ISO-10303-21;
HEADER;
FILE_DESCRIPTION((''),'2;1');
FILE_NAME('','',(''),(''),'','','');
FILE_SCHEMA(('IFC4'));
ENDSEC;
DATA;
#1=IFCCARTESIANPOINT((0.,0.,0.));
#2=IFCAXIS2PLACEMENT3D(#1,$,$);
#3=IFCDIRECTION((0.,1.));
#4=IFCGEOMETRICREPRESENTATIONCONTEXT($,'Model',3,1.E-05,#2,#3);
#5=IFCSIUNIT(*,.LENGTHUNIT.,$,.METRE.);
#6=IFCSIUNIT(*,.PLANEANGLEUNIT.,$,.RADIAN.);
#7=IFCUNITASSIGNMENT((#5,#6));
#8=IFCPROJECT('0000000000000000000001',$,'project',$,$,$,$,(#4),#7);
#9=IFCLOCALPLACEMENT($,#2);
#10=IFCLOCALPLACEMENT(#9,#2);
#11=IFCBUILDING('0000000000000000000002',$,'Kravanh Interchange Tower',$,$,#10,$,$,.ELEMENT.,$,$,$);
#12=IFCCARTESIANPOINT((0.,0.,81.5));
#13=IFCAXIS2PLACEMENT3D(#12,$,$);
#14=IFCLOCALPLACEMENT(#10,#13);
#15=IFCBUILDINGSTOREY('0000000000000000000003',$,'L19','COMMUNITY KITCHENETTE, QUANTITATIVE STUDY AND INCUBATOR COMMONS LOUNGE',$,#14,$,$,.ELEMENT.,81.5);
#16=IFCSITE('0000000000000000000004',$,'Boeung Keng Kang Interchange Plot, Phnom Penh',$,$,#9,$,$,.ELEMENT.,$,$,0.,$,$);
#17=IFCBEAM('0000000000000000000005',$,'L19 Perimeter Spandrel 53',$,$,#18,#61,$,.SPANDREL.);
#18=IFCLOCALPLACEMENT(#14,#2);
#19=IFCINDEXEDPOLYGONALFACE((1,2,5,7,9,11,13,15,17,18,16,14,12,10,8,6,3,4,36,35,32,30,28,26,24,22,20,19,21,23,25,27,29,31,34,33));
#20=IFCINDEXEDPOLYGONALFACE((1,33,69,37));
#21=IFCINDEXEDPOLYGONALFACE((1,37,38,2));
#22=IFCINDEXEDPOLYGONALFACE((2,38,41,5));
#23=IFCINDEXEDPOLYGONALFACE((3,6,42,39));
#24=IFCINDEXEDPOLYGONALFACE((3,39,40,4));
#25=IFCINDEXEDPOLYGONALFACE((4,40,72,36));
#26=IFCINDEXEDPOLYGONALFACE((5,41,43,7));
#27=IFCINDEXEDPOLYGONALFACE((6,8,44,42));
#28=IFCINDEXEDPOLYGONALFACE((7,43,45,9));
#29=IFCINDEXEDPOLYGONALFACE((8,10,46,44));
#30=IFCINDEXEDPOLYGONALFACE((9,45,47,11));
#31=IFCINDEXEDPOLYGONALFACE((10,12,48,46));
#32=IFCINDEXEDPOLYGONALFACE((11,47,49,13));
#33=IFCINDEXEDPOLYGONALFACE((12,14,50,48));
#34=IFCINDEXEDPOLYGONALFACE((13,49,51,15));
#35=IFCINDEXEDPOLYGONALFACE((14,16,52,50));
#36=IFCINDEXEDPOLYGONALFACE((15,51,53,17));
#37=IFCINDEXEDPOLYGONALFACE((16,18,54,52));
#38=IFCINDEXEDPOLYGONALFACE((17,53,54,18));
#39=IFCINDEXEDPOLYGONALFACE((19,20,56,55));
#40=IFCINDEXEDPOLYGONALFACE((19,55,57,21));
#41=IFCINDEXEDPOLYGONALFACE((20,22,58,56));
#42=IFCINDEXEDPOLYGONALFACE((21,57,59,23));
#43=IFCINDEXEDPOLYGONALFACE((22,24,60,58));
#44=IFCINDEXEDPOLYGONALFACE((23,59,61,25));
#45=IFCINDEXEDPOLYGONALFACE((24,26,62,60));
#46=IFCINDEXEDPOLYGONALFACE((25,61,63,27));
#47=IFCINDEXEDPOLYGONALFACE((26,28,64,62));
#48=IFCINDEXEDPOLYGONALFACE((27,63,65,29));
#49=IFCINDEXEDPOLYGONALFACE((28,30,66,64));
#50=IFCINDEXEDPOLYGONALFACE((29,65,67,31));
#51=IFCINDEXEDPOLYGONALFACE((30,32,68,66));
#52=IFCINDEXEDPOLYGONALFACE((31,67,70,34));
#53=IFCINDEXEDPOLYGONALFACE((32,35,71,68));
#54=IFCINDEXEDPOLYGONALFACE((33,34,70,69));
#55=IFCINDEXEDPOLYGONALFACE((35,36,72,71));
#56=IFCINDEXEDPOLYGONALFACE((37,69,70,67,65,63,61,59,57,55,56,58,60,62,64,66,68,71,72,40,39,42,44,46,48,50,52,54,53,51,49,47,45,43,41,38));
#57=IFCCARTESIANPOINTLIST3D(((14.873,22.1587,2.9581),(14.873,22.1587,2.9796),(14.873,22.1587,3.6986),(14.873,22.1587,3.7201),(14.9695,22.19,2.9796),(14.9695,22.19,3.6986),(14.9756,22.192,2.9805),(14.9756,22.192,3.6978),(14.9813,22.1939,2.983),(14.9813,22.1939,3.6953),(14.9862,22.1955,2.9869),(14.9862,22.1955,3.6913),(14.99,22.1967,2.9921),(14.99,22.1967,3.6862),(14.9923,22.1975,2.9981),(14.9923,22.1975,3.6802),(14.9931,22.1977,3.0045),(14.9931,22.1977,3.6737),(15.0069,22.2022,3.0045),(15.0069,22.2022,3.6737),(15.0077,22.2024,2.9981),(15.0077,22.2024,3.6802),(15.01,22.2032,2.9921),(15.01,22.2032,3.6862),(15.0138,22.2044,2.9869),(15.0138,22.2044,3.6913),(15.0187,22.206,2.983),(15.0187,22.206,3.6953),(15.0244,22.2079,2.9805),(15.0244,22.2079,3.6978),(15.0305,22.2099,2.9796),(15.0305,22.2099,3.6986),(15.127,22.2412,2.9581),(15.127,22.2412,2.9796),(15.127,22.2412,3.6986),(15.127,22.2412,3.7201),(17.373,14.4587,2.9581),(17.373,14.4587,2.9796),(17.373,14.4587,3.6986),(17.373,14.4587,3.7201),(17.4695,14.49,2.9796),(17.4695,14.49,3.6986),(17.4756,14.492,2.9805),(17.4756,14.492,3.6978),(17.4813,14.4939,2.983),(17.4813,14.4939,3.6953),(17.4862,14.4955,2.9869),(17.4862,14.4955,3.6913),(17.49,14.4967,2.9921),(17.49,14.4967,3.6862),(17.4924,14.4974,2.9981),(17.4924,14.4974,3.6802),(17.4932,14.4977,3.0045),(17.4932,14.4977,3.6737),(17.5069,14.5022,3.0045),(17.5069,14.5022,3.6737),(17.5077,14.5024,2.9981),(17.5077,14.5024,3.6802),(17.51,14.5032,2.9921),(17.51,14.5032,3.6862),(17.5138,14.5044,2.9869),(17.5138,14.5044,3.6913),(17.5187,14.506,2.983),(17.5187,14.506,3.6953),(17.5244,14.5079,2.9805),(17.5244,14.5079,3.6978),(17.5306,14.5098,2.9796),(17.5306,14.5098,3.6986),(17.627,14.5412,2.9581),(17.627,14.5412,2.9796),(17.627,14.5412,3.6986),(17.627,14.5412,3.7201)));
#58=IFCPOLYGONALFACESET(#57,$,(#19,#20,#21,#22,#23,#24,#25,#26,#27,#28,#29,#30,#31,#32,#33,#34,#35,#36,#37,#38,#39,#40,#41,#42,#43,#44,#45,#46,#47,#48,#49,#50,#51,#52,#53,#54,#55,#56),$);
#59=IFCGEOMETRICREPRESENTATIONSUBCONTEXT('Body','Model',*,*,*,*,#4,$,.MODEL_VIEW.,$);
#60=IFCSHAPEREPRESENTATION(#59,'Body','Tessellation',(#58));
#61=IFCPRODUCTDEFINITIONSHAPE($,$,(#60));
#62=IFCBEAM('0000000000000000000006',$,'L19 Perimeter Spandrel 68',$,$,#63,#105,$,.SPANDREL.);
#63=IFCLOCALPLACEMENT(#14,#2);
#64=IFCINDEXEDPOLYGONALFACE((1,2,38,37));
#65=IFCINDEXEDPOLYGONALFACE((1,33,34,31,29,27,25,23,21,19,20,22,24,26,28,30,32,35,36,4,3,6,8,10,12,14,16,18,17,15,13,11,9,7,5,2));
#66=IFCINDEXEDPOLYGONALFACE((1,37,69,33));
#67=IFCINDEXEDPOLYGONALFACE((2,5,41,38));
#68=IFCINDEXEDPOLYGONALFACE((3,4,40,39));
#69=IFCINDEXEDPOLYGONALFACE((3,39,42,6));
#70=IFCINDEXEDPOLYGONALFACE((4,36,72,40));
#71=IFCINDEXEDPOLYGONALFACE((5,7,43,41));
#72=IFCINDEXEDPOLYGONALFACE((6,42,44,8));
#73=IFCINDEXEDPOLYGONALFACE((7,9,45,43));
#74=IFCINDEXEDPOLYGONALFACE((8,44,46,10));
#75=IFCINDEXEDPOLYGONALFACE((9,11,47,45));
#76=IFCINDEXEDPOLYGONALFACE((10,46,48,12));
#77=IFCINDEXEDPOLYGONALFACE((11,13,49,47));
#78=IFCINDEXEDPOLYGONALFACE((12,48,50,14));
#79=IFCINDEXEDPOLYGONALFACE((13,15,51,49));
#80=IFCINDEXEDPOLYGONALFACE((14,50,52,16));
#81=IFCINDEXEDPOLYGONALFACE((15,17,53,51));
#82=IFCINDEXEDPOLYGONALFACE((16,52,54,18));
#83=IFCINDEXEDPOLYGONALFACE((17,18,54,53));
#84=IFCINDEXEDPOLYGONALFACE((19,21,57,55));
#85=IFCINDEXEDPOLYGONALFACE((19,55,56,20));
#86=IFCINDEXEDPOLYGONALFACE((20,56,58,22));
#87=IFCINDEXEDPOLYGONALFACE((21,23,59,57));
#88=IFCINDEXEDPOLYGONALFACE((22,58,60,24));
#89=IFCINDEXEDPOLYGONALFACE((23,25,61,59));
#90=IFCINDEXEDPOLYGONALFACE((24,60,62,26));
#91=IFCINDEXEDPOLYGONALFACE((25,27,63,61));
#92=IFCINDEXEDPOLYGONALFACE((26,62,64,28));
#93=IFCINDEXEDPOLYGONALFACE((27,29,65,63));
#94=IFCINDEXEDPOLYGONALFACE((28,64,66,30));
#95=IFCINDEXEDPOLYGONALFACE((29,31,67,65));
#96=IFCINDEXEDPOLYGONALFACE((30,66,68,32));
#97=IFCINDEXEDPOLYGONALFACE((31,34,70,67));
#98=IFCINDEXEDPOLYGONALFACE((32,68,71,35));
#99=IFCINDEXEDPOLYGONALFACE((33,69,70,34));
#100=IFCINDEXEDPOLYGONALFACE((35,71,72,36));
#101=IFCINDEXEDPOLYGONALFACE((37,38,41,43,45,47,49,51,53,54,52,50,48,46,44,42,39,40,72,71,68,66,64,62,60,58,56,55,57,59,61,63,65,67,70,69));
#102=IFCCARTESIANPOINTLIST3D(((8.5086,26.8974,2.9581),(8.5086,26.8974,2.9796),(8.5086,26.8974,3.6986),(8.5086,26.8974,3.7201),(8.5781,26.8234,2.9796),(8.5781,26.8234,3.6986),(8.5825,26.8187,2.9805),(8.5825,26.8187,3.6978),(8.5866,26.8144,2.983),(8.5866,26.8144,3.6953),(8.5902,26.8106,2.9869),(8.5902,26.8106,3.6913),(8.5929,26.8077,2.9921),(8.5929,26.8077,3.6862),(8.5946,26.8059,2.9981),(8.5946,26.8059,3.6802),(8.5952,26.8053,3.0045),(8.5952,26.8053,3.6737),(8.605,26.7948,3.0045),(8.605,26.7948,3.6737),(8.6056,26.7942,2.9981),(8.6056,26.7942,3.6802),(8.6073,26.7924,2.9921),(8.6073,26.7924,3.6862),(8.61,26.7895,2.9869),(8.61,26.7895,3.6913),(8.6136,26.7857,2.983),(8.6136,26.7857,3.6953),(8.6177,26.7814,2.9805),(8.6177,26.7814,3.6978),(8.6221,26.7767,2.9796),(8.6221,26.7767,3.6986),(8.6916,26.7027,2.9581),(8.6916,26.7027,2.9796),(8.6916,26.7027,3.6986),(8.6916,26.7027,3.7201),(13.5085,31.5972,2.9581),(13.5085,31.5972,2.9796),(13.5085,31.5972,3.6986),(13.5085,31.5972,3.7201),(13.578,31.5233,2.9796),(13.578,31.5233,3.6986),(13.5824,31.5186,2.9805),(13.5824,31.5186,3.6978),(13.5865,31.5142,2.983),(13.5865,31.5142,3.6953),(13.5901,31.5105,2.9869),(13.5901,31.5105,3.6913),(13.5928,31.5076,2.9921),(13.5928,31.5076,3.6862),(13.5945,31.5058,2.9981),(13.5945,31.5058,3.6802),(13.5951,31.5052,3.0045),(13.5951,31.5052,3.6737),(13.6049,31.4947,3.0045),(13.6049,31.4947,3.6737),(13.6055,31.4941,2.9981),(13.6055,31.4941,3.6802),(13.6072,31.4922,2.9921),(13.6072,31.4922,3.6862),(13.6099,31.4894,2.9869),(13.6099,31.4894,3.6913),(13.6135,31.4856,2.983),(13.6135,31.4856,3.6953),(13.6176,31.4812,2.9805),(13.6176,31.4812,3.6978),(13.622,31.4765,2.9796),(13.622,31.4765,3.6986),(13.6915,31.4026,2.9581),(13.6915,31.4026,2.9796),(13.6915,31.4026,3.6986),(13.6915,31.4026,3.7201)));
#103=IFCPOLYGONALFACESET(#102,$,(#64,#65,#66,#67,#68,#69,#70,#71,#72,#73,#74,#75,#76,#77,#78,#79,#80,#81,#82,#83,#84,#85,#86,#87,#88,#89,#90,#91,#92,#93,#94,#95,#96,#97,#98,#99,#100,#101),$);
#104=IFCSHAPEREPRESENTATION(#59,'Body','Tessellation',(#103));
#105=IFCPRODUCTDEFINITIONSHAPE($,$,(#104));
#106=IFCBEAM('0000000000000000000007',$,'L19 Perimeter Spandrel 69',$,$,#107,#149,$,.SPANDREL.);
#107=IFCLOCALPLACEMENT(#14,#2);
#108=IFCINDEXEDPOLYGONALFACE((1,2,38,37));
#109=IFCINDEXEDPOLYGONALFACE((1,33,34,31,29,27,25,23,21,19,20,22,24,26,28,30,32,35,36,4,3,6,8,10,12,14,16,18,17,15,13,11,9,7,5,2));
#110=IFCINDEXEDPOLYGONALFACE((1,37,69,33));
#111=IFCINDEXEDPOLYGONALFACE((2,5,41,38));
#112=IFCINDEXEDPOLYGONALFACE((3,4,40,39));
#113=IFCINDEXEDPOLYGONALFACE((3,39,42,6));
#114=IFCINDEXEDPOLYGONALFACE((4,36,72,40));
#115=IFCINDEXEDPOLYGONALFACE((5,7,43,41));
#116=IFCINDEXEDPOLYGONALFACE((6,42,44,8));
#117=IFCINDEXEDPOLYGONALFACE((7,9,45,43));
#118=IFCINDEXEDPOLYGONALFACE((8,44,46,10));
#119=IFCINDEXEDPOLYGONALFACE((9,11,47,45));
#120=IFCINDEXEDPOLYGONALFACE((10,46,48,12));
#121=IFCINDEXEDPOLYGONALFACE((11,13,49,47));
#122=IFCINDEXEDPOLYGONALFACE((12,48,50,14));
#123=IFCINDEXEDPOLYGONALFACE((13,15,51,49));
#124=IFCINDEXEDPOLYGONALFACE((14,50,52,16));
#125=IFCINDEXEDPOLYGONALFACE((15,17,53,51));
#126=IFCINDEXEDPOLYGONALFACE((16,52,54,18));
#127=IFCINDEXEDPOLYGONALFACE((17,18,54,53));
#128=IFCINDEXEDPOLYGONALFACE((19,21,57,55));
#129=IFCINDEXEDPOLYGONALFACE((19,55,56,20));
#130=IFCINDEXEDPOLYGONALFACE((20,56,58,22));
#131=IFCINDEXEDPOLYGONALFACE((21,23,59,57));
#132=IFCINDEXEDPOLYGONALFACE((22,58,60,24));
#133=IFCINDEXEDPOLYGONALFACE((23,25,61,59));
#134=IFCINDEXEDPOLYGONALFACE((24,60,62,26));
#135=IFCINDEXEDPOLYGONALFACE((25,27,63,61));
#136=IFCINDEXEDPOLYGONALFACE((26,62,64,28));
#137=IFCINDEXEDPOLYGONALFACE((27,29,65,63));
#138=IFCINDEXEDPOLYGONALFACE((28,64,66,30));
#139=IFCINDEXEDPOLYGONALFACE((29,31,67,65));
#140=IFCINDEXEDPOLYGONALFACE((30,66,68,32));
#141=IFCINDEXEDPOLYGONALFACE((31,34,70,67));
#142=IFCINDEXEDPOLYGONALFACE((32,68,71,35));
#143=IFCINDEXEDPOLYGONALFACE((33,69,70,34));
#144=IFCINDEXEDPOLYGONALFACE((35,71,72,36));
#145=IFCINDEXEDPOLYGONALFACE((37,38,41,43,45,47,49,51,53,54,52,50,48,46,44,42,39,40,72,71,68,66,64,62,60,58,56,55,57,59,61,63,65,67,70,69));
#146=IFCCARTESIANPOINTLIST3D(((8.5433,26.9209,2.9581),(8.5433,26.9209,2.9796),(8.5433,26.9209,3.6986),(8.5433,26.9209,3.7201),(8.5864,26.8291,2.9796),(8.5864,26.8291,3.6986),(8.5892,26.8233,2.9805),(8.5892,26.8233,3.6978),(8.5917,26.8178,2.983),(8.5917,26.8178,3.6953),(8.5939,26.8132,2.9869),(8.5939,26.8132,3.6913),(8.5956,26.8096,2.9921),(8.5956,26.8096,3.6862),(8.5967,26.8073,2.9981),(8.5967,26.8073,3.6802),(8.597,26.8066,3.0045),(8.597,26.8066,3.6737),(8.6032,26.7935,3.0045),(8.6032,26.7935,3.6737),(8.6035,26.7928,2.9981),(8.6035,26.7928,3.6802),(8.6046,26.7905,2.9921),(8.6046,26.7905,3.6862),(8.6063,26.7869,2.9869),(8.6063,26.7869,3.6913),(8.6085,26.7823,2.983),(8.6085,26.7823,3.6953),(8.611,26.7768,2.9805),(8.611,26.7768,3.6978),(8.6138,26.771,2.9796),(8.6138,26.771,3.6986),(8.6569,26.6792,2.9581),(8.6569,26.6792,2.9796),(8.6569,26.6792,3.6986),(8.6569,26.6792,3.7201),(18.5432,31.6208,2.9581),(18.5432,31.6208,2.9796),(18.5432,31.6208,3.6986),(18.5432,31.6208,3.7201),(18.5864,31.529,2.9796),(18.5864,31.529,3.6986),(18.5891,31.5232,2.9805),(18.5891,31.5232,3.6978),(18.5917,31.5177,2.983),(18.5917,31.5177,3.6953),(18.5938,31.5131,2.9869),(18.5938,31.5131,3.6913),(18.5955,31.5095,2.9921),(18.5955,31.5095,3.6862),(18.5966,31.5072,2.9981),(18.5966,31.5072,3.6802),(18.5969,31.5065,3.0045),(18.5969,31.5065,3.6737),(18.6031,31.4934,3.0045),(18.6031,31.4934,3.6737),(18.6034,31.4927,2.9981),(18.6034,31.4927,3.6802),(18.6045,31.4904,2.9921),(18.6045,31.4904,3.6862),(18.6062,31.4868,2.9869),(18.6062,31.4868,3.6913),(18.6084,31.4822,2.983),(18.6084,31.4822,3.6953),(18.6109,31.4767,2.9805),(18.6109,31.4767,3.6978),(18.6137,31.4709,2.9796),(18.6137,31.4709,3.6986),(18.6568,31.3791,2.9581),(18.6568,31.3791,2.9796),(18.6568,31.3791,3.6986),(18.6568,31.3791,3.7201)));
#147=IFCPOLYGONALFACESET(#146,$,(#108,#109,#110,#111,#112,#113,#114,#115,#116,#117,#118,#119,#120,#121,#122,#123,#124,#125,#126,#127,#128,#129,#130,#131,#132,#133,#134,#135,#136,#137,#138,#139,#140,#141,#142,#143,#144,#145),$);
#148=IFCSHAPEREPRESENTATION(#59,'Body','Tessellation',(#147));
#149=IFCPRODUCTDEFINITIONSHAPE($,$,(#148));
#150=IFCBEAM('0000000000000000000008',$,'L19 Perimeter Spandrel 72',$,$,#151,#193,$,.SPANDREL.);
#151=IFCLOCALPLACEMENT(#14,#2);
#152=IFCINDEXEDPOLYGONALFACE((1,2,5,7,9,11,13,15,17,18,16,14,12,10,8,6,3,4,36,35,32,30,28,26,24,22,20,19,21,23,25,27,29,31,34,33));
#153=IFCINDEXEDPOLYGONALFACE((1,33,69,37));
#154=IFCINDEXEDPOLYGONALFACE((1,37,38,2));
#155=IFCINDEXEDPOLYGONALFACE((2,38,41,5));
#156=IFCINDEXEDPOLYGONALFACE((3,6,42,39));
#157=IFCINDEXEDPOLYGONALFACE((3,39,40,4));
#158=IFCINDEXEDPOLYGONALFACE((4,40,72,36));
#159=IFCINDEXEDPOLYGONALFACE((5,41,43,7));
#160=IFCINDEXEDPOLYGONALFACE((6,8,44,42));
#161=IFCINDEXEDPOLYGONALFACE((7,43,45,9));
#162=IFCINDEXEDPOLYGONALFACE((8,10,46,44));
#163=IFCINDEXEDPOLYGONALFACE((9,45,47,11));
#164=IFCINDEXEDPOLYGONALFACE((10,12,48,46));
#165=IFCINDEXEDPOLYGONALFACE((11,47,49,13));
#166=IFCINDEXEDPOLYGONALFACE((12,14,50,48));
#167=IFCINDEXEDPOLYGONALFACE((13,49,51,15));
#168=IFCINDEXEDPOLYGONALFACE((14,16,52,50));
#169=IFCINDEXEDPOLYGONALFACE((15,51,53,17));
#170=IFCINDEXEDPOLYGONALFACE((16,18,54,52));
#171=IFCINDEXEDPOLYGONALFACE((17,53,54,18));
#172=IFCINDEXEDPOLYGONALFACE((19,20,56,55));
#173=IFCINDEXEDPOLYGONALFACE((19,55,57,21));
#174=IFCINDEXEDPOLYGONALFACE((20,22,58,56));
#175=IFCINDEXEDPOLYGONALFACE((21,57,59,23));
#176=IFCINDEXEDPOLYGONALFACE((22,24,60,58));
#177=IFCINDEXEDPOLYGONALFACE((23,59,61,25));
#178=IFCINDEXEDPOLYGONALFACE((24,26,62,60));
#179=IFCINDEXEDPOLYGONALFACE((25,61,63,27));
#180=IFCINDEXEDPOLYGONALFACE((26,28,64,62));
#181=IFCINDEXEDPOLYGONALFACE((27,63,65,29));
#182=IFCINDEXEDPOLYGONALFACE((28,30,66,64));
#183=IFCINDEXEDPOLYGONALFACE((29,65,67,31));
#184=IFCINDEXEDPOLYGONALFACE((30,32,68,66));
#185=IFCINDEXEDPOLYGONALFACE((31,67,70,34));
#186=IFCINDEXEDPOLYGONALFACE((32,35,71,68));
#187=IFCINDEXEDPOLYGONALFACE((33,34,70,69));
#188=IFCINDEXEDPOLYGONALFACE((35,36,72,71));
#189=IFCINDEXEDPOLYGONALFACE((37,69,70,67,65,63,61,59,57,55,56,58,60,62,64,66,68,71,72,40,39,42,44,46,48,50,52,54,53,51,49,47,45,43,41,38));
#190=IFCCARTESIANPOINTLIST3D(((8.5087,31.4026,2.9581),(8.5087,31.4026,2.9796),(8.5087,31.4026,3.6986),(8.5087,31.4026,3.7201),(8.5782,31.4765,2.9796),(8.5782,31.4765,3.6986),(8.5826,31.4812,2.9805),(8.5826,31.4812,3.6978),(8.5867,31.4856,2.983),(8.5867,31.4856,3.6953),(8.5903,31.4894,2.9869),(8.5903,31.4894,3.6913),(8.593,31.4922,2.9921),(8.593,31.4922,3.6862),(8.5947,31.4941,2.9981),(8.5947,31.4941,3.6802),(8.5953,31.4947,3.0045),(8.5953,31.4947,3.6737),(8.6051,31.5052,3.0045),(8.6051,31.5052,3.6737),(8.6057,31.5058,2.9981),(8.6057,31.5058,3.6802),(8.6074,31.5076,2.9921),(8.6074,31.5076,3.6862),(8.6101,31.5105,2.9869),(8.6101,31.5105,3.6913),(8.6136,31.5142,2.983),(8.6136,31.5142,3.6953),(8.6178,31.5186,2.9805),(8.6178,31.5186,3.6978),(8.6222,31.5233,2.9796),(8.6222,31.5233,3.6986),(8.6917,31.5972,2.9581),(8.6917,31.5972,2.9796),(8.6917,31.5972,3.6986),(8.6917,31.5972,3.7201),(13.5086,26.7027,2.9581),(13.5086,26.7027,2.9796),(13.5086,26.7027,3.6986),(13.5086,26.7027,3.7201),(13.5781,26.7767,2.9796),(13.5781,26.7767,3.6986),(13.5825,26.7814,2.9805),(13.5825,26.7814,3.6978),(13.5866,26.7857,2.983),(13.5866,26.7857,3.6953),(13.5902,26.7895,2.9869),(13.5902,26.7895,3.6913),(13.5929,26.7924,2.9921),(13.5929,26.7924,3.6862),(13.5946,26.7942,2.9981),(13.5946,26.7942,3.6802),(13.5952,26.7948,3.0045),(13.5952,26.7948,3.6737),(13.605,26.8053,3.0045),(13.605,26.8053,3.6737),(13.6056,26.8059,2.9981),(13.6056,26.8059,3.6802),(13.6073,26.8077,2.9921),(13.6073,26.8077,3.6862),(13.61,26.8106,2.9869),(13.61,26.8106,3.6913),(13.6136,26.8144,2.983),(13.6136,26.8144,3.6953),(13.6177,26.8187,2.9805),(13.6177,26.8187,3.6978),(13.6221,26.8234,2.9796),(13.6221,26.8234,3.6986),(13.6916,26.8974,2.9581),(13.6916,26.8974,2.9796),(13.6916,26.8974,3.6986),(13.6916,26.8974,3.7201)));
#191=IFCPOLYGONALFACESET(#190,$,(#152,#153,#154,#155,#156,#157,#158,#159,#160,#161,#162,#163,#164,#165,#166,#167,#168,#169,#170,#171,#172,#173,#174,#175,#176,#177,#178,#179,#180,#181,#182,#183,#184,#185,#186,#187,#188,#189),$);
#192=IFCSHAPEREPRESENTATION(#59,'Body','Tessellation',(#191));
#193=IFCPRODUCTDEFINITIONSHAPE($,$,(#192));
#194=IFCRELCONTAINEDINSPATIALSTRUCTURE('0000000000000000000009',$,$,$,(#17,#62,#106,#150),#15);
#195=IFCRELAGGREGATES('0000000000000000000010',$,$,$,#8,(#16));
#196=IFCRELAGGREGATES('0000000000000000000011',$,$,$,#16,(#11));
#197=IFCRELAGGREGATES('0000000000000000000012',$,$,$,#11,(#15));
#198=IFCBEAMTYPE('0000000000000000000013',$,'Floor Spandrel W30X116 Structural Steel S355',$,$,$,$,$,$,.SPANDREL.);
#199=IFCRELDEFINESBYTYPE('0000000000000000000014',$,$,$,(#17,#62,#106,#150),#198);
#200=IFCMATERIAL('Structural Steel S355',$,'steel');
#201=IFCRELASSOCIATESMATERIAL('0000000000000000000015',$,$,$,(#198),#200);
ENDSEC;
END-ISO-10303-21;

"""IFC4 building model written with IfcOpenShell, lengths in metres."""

from ifc_helpers import new_model, si_unit, direction, frame, origin, origin_2d, place, context, subcontext, project, spatial, i_section, extrude, material, material_profile, profile_set, type_object, element, save


model = new_model("IFC4")

# Units and contexts
model_context = context("Model", 3, precision=1e-05, world=origin(), true_north=direction((0.0, 1.0)))
body_context = subcontext(model_context, "Body", "Model", "MODEL_VIEW")
ifc_project = project(units=[si_unit("LENGTHUNIT", "METRE"), si_unit("PLANEANGLEUNIT", "RADIAN")], contexts=[model_context])

# Site, building, storey
site_placement = place(None, origin())
site = spatial("IfcSite", under=ifc_project, at=site_placement, Name="Boeung Keng Kang Interchange Plot, Phnom Penh", CompositionType="ELEMENT", RefElevation=0.0)
building_placement = place(site_placement, origin())
building = spatial("IfcBuilding", under=site, at=building_placement, Name="Kravanh Interchange Tower", CompositionType="ELEMENT")
storey_placement = place(building_placement, frame((0.0, 0.0, 81.5)))
storey = spatial("IfcBuildingStorey", under=building, at=storey_placement, Name="L19", Description="COMMUNITY KITCHENETTE, QUANTITATIVE STUDY AND INCUBATOR COMMONS LOUNGE", CompositionType="ELEMENT", Elevation=81.5)

# Beams
ifc_material_1 = material(Name="Structural Steel S355", Category="steel")
ifc_material_profile_1 = material_profile(ifc_material_1, i_section(OverallWidth=0.2671, OverallDepth=0.762, WebThickness=0.0144, FlangeThickness=0.0215, FilletRadius=0.0249, at=origin_2d()), Name="W30X116")
ifc_profile_set_1 = profile_set([ifc_material_profile_1], Name="Structural Steel S355")
beam_type_1 = type_object("IfcBeamType", Name="Floor Spandrel W30X116 Structural Steel S355", PredefinedType="SPANDREL", material=ifc_profile_set_1)
beam_1_placement = place(storey_placement, frame((15.0, 22.2, 3.3391), z_axis=(0.308809, -0.951124, 0.0), x_axis=(0.951124, 0.308809, 0.0)))
element("IfcBeam", 1, at=beam_1_placement, inside=storey, type_object=beam_type_1, Name="L19 Perimeter Spandrel 53", PredefinedType="SPANDREL", context=body_context, shape_type="SweptSolid", body=[
    extrude(i_section(OverallWidth=0.2671, OverallDepth=0.762, WebThickness=0.0144, FlangeThickness=0.0215, FilletRadius=0.0249, at=origin_2d()), origin(), (0.0, 0.0, 1.0), 8.0957),
])
beam_2_placement = place(storey_placement, frame((8.6001, 26.8, 3.3391), z_axis=(0.728631, 0.684906, 0.0), x_axis=(-0.684906, 0.728631, 0.0)))
element("IfcBeam", 2, at=beam_2_placement, inside=storey, type_object=beam_type_1, Name="L19 Perimeter Spandrel 68", PredefinedType="SPANDREL", context=body_context, shape_type="SweptSolid", body=[
    extrude(i_section(OverallWidth=0.2671, OverallDepth=0.762, WebThickness=0.0144, FlangeThickness=0.0215, FilletRadius=0.0249, at=origin_2d()), origin(), (0.0, 0.0, 1.0), 6.8621),
])
beam_3_placement = place(storey_placement, frame((8.6001, 26.8, 3.3391), z_axis=(0.905025, 0.425358, 0.0), x_axis=(-0.425358, 0.905025, 0.0)))
element("IfcBeam", 3, at=beam_3_placement, inside=storey, type_object=beam_type_1, Name="L19 Perimeter Spandrel 69", PredefinedType="SPANDREL", context=body_context, shape_type="SweptSolid", body=[
    extrude(i_section(OverallWidth=0.2671, OverallDepth=0.762, WebThickness=0.0144, FlangeThickness=0.0215, FilletRadius=0.0249, at=origin_2d()), origin(), (0.0, 0.0, 1.0), 11.0493),
])
for number, where, z_axis, x_axis, name in (
    (4, (13.6001, 26.8, 3.3391), (-0.728631, 0.684906, 0.0), (-0.684906, -0.728631, 0.0), "L19 Perimeter Spandrel 72"),
):
    element("IfcBeam", number, at=place(storey_placement, frame(where, z_axis=z_axis, x_axis=x_axis)), inside=storey, type_object=beam_type_1, Name=name, PredefinedType="SPANDREL", context=body_context, shape_type="SweptSolid", body=[
        extrude(i_section(OverallWidth=0.2671, OverallDepth=0.762, WebThickness=0.0144, FlangeThickness=0.0215, FilletRadius=0.0249, at=origin_2d()), origin(), (0.0, 0.0, 1.0), 6.8621),
    ])

save(model, "model.ifc")
